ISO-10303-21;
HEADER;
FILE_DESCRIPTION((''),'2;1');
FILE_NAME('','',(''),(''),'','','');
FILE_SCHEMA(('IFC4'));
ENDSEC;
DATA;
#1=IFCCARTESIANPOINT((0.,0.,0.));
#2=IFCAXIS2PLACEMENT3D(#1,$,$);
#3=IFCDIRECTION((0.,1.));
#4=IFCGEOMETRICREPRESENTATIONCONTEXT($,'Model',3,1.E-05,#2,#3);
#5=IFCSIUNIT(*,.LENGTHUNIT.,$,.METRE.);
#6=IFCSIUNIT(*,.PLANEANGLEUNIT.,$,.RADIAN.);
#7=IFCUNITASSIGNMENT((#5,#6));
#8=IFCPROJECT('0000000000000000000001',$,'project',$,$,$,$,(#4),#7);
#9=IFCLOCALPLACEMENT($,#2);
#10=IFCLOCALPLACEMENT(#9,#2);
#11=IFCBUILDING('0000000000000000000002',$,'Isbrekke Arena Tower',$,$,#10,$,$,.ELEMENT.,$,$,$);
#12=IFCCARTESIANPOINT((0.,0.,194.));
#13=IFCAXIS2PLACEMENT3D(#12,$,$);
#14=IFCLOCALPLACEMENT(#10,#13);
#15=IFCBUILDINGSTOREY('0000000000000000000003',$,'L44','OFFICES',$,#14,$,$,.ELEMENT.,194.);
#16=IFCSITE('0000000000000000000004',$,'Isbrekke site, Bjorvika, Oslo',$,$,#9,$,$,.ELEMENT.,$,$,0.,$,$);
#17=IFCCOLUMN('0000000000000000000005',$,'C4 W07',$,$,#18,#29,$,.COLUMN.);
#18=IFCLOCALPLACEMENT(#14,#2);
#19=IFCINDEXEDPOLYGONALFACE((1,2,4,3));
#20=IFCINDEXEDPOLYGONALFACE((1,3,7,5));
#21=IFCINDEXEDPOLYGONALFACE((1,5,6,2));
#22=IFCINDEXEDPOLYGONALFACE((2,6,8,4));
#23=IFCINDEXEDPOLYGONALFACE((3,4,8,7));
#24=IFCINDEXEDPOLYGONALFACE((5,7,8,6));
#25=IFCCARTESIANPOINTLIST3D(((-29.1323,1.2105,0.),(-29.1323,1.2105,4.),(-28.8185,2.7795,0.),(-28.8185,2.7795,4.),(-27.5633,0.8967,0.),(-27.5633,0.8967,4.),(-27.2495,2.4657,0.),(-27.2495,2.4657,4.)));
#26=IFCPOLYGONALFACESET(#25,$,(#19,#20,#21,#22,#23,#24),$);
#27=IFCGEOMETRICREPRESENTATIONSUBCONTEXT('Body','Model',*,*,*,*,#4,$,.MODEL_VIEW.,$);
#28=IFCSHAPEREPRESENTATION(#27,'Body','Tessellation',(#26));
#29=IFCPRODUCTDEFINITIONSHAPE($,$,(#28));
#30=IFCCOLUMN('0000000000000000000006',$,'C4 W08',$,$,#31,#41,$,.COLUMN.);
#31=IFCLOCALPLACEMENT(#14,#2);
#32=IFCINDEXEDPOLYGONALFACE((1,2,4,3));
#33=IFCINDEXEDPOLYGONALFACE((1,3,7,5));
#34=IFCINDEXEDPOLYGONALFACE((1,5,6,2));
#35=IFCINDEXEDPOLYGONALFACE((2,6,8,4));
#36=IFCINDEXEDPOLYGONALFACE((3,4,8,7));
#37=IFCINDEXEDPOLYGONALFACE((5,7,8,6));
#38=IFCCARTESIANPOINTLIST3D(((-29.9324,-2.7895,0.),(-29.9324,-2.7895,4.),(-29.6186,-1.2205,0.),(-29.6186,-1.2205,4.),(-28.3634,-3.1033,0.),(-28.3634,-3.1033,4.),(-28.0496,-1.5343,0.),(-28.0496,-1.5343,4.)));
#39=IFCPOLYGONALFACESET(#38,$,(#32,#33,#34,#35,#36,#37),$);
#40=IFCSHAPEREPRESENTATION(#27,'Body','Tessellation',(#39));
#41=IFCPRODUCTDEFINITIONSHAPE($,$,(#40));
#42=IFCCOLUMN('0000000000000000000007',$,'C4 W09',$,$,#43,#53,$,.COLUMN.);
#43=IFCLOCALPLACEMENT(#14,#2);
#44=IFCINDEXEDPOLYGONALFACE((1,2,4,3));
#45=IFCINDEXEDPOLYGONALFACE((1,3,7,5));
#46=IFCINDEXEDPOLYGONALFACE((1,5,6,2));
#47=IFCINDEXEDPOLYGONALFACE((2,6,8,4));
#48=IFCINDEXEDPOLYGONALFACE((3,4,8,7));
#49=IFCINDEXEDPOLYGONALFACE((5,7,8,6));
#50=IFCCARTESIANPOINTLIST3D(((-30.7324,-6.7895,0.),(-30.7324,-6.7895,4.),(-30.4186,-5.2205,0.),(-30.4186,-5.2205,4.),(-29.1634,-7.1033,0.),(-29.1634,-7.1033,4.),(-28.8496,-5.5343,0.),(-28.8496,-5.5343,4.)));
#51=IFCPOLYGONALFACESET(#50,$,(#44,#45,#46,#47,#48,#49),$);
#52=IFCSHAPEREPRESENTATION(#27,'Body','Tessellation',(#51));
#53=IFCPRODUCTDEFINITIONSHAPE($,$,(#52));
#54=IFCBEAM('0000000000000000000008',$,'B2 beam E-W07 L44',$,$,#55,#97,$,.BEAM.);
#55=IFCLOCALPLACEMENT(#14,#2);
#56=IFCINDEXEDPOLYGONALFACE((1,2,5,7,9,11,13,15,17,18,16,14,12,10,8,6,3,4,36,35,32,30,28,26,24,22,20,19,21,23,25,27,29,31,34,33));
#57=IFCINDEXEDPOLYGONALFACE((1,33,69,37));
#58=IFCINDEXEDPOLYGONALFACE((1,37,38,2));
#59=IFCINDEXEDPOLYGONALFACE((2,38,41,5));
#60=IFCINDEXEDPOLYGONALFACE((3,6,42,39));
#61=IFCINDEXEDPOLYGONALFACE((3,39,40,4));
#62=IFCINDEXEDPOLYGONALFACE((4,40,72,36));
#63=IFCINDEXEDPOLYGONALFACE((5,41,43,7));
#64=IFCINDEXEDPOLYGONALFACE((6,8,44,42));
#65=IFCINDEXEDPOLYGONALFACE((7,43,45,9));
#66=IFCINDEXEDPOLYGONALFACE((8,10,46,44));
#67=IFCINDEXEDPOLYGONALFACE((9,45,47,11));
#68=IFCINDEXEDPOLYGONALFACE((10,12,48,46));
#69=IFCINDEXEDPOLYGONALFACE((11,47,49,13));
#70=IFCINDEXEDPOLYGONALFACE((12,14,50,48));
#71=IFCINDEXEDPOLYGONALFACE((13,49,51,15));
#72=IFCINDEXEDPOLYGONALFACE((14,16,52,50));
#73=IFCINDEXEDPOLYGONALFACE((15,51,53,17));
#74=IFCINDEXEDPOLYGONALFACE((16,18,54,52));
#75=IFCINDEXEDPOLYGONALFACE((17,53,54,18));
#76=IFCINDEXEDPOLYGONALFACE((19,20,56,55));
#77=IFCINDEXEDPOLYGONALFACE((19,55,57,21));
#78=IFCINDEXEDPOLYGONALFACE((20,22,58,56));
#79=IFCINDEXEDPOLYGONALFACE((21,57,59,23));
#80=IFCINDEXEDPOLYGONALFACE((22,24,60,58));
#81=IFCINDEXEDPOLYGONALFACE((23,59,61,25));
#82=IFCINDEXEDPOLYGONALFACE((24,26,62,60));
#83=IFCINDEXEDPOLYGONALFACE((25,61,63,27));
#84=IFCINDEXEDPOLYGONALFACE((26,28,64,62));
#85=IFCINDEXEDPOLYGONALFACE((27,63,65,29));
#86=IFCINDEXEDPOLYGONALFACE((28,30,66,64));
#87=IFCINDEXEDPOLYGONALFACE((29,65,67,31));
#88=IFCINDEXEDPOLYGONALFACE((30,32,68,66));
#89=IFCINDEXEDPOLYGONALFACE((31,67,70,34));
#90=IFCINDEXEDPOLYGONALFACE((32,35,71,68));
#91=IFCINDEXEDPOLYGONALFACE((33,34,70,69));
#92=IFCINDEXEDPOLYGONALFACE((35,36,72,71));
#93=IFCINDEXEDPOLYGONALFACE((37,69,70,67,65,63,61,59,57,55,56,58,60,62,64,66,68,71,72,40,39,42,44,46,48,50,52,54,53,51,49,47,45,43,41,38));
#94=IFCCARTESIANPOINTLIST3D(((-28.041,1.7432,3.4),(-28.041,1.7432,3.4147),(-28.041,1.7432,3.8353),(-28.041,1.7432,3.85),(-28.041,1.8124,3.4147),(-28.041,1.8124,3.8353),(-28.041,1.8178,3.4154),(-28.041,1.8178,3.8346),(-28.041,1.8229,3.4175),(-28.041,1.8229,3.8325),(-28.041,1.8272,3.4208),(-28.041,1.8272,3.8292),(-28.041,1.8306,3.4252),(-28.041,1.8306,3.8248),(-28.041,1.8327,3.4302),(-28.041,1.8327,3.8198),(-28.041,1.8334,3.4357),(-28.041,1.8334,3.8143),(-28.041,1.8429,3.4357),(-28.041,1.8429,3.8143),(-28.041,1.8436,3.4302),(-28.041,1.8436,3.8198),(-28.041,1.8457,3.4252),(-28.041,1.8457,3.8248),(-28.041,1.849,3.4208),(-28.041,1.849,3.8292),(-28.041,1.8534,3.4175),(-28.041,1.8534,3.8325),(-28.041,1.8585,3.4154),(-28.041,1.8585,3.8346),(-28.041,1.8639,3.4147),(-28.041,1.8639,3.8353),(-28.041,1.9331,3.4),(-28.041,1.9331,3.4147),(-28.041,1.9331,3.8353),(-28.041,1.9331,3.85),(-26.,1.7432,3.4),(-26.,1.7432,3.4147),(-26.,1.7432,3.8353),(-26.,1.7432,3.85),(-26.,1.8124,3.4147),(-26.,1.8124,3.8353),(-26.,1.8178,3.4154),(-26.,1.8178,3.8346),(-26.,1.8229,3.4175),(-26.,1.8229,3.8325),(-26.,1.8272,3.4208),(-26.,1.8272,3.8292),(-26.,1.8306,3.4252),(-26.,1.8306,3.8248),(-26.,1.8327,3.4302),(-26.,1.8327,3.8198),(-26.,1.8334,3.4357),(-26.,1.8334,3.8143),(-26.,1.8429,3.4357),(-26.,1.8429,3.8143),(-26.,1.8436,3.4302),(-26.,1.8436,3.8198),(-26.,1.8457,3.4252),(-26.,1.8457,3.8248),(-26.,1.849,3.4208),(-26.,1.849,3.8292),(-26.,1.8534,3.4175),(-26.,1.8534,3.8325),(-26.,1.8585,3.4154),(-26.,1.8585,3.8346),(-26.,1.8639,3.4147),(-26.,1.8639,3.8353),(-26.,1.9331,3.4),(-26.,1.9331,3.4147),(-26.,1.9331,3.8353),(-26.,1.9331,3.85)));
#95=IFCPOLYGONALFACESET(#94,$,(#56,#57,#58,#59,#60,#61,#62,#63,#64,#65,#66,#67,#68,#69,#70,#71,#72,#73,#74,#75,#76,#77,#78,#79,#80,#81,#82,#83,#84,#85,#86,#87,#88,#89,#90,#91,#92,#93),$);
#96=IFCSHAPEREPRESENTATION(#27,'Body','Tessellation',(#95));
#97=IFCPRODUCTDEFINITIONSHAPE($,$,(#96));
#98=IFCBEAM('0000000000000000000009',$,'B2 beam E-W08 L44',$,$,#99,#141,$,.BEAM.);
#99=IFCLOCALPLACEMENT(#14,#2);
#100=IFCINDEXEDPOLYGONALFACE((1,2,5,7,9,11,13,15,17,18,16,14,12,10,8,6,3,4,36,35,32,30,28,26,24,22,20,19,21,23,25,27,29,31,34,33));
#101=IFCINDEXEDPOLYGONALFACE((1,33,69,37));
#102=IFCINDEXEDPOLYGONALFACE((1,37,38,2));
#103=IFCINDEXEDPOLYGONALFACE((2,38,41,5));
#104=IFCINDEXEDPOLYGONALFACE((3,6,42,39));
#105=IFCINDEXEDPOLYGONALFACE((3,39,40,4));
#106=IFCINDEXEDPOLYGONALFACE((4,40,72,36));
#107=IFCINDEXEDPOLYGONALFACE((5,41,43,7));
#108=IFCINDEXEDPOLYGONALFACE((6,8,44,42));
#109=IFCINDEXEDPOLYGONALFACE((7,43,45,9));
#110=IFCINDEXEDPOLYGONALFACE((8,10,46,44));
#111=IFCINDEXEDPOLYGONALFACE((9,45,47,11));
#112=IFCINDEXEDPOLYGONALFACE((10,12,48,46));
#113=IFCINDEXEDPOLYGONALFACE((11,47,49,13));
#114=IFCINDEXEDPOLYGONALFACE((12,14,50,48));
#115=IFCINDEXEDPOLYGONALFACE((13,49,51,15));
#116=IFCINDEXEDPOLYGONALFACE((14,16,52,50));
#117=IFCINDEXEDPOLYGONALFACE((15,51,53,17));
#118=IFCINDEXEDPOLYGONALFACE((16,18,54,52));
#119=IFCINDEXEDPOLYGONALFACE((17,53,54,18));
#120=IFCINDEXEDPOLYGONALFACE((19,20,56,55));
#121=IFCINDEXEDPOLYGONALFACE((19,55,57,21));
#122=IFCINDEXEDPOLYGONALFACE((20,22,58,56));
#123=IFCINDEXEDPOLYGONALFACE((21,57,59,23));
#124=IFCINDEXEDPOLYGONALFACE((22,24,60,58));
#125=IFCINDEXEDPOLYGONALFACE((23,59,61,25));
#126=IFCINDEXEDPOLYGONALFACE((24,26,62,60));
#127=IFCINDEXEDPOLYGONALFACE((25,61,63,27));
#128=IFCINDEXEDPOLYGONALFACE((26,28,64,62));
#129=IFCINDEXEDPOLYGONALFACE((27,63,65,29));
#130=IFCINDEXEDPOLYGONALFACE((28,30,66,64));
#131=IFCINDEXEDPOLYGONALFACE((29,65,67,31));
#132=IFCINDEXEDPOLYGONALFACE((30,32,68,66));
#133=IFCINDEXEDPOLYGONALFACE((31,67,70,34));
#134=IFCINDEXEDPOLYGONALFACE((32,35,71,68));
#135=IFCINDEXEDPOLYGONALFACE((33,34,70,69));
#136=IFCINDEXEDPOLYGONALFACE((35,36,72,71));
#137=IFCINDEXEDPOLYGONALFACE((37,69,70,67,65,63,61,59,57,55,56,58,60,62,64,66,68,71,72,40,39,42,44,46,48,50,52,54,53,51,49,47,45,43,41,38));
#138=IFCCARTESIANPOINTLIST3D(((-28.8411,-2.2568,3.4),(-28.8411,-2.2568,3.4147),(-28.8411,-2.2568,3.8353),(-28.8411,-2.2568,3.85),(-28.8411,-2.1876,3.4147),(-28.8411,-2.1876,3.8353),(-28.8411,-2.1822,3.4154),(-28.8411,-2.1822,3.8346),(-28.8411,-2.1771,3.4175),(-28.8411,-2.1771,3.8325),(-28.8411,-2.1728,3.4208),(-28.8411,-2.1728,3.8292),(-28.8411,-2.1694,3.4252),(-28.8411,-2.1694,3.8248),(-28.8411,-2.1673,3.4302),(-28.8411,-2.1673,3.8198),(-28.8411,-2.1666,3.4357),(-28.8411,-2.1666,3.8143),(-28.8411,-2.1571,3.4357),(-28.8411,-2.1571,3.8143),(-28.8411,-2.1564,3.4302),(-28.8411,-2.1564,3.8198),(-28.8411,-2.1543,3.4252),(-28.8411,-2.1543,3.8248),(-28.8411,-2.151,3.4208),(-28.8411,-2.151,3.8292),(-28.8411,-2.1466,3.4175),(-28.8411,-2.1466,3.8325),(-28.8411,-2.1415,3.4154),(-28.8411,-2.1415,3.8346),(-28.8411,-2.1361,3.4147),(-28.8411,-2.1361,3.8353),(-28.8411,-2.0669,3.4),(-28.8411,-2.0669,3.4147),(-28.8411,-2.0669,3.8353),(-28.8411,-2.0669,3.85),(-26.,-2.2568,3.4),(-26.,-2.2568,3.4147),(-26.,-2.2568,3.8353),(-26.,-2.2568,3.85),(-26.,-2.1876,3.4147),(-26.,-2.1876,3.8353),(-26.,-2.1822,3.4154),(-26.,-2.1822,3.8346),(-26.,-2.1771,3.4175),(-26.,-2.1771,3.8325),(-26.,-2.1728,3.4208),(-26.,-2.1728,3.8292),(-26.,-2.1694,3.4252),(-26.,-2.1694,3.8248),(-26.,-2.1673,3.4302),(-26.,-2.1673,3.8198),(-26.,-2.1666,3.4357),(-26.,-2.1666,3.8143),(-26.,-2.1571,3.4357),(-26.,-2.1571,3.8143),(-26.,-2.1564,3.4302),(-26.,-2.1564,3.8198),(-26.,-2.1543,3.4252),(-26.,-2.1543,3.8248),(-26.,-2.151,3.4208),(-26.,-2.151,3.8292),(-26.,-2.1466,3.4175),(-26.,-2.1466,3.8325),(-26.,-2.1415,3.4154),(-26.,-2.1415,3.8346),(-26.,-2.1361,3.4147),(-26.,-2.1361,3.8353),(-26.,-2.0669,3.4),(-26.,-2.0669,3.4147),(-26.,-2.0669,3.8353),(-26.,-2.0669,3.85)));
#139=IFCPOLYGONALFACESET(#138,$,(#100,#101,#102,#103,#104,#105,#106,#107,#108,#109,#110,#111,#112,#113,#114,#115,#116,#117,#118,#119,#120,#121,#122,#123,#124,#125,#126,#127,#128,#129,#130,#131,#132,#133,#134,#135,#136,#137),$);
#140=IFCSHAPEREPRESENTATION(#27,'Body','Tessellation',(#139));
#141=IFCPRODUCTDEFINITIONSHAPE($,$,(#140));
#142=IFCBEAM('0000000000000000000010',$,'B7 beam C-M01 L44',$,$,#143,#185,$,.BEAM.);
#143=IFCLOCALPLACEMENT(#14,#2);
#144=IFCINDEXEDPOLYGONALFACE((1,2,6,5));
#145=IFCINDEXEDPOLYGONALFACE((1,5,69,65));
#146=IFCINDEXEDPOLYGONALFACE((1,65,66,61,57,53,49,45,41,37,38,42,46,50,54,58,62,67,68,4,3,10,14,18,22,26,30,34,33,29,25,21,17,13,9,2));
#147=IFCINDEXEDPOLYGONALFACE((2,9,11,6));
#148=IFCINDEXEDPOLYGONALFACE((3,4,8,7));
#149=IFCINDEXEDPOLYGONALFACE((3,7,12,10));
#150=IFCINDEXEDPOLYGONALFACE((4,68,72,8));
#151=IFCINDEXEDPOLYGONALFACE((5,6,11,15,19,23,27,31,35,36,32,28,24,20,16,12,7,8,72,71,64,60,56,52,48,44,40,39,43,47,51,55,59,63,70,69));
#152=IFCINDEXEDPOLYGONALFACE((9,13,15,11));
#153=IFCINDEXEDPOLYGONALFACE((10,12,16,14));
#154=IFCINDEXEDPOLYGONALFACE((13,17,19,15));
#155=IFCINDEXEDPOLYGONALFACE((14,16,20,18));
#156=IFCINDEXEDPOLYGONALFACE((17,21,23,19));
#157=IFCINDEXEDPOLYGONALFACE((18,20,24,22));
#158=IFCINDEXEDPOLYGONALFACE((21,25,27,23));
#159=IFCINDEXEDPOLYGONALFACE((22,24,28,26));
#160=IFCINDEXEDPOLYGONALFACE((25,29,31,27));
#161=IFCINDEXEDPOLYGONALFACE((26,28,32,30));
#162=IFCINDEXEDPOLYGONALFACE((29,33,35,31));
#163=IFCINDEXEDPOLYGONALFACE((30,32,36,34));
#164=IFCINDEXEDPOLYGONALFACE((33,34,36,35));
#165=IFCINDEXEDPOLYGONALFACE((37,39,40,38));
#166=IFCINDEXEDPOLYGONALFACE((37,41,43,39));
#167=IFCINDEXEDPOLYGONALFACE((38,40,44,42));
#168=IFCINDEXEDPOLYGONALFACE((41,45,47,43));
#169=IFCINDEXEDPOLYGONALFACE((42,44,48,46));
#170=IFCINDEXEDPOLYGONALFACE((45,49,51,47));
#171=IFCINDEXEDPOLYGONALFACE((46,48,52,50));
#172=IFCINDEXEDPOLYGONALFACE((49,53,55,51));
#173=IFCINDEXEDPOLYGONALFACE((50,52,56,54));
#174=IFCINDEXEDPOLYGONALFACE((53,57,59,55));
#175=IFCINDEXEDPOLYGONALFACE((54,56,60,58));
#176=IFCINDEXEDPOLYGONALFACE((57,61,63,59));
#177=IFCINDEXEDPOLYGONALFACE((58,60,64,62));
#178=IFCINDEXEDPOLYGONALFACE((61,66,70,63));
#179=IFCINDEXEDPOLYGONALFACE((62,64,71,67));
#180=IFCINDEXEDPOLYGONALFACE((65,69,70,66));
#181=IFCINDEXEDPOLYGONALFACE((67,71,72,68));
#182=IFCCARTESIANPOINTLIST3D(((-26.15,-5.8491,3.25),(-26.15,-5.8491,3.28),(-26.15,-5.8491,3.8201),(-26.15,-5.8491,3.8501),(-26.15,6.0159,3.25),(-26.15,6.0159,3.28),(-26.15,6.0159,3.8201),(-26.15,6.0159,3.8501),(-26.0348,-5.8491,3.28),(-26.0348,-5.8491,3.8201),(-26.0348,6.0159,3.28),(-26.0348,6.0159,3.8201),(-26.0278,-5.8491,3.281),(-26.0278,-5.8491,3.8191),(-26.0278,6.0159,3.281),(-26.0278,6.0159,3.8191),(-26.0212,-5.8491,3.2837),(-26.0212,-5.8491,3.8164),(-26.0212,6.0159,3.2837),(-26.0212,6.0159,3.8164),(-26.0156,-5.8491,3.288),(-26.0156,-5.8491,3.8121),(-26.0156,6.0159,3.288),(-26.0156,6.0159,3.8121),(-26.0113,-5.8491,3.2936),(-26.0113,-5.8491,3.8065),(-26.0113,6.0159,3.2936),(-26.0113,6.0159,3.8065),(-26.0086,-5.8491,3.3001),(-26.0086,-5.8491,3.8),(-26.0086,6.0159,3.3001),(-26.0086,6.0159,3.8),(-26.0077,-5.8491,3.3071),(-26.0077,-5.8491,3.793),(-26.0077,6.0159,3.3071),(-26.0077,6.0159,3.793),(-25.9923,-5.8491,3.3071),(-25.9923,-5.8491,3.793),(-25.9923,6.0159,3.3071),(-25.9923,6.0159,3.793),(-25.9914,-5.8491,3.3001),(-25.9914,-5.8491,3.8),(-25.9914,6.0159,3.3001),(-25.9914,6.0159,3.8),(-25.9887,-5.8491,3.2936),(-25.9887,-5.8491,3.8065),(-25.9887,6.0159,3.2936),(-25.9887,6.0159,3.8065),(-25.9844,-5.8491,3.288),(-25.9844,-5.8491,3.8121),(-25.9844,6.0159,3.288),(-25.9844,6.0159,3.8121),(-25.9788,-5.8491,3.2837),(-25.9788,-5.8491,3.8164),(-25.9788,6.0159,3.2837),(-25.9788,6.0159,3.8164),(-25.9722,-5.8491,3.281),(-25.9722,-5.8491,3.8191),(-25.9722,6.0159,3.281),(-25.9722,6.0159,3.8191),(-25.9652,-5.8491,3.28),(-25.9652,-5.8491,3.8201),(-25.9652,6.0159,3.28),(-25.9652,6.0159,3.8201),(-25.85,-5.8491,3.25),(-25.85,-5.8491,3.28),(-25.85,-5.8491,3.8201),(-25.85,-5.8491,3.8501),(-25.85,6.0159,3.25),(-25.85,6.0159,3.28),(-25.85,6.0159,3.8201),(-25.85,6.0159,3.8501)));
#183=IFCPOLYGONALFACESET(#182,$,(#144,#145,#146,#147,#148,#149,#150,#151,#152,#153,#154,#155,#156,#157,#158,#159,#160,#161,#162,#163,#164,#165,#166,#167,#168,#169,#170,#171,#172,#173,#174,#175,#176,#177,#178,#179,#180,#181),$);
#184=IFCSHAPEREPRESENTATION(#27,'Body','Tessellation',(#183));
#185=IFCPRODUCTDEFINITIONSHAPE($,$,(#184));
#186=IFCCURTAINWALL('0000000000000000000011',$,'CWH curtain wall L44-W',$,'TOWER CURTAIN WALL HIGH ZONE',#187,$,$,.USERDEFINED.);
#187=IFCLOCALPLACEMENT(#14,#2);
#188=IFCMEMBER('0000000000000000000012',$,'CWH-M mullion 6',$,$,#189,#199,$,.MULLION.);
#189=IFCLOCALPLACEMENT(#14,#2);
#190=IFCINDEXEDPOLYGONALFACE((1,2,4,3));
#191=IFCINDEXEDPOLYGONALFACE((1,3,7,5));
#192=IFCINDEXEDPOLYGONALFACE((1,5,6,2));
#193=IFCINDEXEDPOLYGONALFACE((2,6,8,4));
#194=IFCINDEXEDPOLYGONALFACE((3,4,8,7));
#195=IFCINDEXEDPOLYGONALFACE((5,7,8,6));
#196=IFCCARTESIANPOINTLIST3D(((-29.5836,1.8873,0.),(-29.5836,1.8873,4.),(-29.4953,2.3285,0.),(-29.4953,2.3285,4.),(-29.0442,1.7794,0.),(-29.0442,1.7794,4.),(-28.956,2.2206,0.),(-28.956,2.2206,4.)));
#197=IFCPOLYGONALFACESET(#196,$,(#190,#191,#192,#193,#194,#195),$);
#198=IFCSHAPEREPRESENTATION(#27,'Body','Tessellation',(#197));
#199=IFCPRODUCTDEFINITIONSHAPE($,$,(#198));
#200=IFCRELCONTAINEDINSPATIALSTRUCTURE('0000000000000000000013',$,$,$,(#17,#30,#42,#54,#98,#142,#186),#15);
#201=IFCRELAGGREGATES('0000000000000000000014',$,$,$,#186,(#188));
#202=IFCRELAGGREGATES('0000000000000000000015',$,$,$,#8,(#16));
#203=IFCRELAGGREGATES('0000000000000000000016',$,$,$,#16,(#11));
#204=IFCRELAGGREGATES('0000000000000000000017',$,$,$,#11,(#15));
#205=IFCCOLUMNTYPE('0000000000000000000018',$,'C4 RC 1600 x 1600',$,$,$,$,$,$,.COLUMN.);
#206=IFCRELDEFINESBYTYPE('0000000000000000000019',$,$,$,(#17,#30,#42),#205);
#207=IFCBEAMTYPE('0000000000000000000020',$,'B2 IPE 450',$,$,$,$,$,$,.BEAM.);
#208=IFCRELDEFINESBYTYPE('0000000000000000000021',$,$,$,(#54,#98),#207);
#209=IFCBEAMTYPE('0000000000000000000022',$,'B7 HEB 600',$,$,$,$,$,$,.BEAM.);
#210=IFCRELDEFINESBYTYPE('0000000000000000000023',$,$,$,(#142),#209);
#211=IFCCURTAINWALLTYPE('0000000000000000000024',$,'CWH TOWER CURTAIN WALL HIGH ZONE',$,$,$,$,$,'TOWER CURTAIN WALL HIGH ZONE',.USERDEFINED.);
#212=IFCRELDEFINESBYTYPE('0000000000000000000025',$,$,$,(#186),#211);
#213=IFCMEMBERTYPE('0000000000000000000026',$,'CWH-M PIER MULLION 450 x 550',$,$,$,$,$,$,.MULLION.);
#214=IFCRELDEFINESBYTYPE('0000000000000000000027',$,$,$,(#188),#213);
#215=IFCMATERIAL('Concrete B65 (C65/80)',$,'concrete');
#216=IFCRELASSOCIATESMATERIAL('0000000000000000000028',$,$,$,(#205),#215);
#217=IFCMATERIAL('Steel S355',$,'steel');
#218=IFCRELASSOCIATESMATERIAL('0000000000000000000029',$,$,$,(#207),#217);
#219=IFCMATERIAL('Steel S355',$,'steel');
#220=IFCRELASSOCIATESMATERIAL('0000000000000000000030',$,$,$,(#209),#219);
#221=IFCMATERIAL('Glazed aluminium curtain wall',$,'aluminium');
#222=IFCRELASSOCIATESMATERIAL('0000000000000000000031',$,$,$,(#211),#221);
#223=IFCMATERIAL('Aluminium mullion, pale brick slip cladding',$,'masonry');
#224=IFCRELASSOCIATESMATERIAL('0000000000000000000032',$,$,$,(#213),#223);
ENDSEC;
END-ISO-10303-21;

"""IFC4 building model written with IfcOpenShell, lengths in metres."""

from ifc_helpers import new_model, si_unit, direction, frame, origin, origin_2d, place, context, subcontext, project, spatial, rectangle, i_section, extrude, material, material_profile, profile_set, type_object, element, aggregate, save


model = new_model("IFC4")

# Units and contexts
model_context = context("Model", 3, precision=1e-05, world=origin(), true_north=direction((0.0, 1.0)))
body_context = subcontext(model_context, "Body", "Model", "MODEL_VIEW")
ifc_project = project(units=[si_unit("LENGTHUNIT", "METRE"), si_unit("PLANEANGLEUNIT", "RADIAN")], contexts=[model_context])

# Site, building, storey
site_placement = place(None, origin())
site = spatial("IfcSite", under=ifc_project, at=site_placement, Name="Isbrekke site, Bjorvika, Oslo", CompositionType="ELEMENT", RefElevation=0.0)
building_placement = place(site_placement, origin())
building = spatial("IfcBuilding", under=site, at=building_placement, Name="Isbrekke Arena Tower", CompositionType="ELEMENT")
storey_placement = place(building_placement, frame((0.0, 0.0, 194.0)))
storey = spatial("IfcBuildingStorey", under=building, at=storey_placement, Name="L44", Description="OFFICES", CompositionType="ELEMENT", Elevation=194.0)

# Columns
ifc_material_1 = material(Name="Concrete B65 (C65/80)", Category="concrete")
ifc_material_profile_1 = material_profile(ifc_material_1, rectangle(XDim=1.6001, YDim=1.6001, at=origin_2d()), Name="RC 1600x1600")
ifc_profile_set_1 = profile_set([ifc_material_profile_1], Name="Concrete B65 (C65/80)")
column_type = type_object("IfcColumnType", Name="C4 RC 1600 x 1600", PredefinedType="COLUMN", material=ifc_profile_set_1)
for number, where, z_axis, x_axis, name in (
    (1, (-28.1909, 1.8381, 0.0), (0.0, 0.0, 1.0), (-0.196116, -0.980581, 0.0), "C4 W07"),
    (2, (-28.991, -2.1619, 0.0), (0.0, 0.0, 1.0), (-0.196116, -0.980581, 0.0), "C4 W08"),
    (3, (-29.791, -6.1619, 0.0), (0.0, 0.0, 1.0), (-0.196116, -0.980581, 0.0), "C4 W09"),
):
    element("IfcColumn", number, at=place(storey_placement, frame(where, z_axis=z_axis, x_axis=x_axis)), inside=storey, type_object=column_type, Name=name, PredefinedType="COLUMN", context=body_context, shape_type="SweptSolid", body=[
        extrude(rectangle(XDim=1.6001, YDim=1.6001, at=origin_2d()), origin(), (0.0, 0.0, 1.0), 4.0),
    ])

# Beams
ifc_material_2 = material(Name="Steel S355", Category="steel")
ifc_material_profile_2 = material_profile(ifc_material_2, i_section(OverallWidth=0.1899, OverallDepth=0.45, WebThickness=0.0095, FlangeThickness=0.0146, FilletRadius=0.021, at=origin_2d()), Name="IPE 450")
ifc_profile_set_2 = profile_set([ifc_material_profile_2], Name="Steel S355")
beam_type_1 = type_object("IfcBeamType", Name="B2 IPE 450", PredefinedType="BEAM", material=ifc_profile_set_2)
beam_1_placement = place(storey_placement, frame((-28.041, 1.8381, 3.625), z_axis=(1.0, 0.0, 0.0), x_axis=(0.0, 1.0, 0.0)))
element("IfcBeam", 4, at=beam_1_placement, inside=storey, type_object=beam_type_1, Name="B2 beam E-W07 L44", PredefinedType="BEAM", context=body_context, shape_type="SweptSolid", body=[
    extrude(i_section(OverallWidth=0.1899, OverallDepth=0.45, WebThickness=0.0095, FlangeThickness=0.0146, FilletRadius=0.021, at=origin_2d()), origin(), (0.0, 0.0, 1.0), 2.041),
])
beam_2_placement = place(storey_placement, frame((-28.8411, -2.1619, 3.625), z_axis=(1.0, 0.0, 0.0), x_axis=(0.0, 1.0, 0.0)))
element("IfcBeam", 5, at=beam_2_placement, inside=storey, type_object=beam_type_1, Name="B2 beam E-W08 L44", PredefinedType="BEAM", context=body_context, shape_type="SweptSolid", body=[
    extrude(i_section(OverallWidth=0.1899, OverallDepth=0.45, WebThickness=0.0095, FlangeThickness=0.0146, FilletRadius=0.021, at=origin_2d()), origin(), (0.0, 0.0, 1.0), 2.8411),
])
ifc_material_3 = material(Name="Steel S355", Category="steel")
ifc_material_profile_3 = material_profile(ifc_material_3, i_section(OverallWidth=0.3, OverallDepth=0.6001, WebThickness=0.0154, FlangeThickness=0.03, FilletRadius=0.0271, at=origin_2d()), Name="HEB 600")
ifc_profile_set_3 = profile_set([ifc_material_profile_3], Name="Steel S355")
beam_type_2 = type_object("IfcBeamType", Name="B7 HEB 600", PredefinedType="BEAM", material=ifc_profile_set_3)
beam_3_placement = place(storey_placement, frame((-26.0, -5.8491, 3.55), z_axis=(0.0, 1.0, 0.0), x_axis=(-1.0, 0.0, 0.0)))
element("IfcBeam", 6, at=beam_3_placement, inside=storey, type_object=beam_type_2, Name="B7 beam C-M01 L44", PredefinedType="BEAM", context=body_context, shape_type="SweptSolid", body=[
    extrude(i_section(OverallWidth=0.3, OverallDepth=0.6001, WebThickness=0.0154, FlangeThickness=0.03, FilletRadius=0.0271, at=origin_2d()), origin(), (0.0, 0.0, 1.0), 11.865),
])

# Curtain wall, member
ifc_material_4 = material(Name="Glazed aluminium curtain wall", Category="aluminium")
curtain_wall_type = type_object("IfcCurtainWallType", Name="CWH TOWER CURTAIN WALL HIGH ZONE", ElementType="TOWER CURTAIN WALL HIGH ZONE", PredefinedType="USERDEFINED", material=ifc_material_4)
curtain_wall_placement = place(storey_placement, origin())
curtain_wall = element("IfcCurtainWall", 7, at=curtain_wall_placement, inside=storey, type_object=curtain_wall_type, Name="CWH curtain wall L44-W", ObjectType="TOWER CURTAIN WALL HIGH ZONE", PredefinedType="USERDEFINED")
ifc_material_5 = material(Name="Aluminium mullion, pale brick slip cladding", Category="masonry")
ifc_material_profile_4 = material_profile(ifc_material_5, rectangle(XDim=0.45, YDim=0.55, at=origin_2d()), Name="PIER 450X550")
ifc_profile_set_4 = profile_set([ifc_material_profile_4], Name="Aluminium mullion, pale brick slip cladding")
member_type_1 = type_object("IfcMemberType", Name="CWH-M PIER MULLION 450 x 550", PredefinedType="MULLION", material=ifc_profile_set_4)
member_1_placement = place(storey_placement, frame((-29.2698, 2.054, 0.0), z_axis=(0.0, 0.0, 1.0), x_axis=(-0.196116, -0.980581, 0.0)))
member_1 = element("IfcMember", 8, at=member_1_placement, type_object=member_type_1, Name="CWH-M mullion 6", PredefinedType="MULLION", context=body_context, shape_type="SweptSolid", body=[
    extrude(rectangle(XDim=0.45, YDim=0.55, at=origin_2d()), origin(), (0.0, 0.0, 1.0), 4.0),
])

aggregate(curtain_wall, [member_1])

save(model, "model.ifc")
